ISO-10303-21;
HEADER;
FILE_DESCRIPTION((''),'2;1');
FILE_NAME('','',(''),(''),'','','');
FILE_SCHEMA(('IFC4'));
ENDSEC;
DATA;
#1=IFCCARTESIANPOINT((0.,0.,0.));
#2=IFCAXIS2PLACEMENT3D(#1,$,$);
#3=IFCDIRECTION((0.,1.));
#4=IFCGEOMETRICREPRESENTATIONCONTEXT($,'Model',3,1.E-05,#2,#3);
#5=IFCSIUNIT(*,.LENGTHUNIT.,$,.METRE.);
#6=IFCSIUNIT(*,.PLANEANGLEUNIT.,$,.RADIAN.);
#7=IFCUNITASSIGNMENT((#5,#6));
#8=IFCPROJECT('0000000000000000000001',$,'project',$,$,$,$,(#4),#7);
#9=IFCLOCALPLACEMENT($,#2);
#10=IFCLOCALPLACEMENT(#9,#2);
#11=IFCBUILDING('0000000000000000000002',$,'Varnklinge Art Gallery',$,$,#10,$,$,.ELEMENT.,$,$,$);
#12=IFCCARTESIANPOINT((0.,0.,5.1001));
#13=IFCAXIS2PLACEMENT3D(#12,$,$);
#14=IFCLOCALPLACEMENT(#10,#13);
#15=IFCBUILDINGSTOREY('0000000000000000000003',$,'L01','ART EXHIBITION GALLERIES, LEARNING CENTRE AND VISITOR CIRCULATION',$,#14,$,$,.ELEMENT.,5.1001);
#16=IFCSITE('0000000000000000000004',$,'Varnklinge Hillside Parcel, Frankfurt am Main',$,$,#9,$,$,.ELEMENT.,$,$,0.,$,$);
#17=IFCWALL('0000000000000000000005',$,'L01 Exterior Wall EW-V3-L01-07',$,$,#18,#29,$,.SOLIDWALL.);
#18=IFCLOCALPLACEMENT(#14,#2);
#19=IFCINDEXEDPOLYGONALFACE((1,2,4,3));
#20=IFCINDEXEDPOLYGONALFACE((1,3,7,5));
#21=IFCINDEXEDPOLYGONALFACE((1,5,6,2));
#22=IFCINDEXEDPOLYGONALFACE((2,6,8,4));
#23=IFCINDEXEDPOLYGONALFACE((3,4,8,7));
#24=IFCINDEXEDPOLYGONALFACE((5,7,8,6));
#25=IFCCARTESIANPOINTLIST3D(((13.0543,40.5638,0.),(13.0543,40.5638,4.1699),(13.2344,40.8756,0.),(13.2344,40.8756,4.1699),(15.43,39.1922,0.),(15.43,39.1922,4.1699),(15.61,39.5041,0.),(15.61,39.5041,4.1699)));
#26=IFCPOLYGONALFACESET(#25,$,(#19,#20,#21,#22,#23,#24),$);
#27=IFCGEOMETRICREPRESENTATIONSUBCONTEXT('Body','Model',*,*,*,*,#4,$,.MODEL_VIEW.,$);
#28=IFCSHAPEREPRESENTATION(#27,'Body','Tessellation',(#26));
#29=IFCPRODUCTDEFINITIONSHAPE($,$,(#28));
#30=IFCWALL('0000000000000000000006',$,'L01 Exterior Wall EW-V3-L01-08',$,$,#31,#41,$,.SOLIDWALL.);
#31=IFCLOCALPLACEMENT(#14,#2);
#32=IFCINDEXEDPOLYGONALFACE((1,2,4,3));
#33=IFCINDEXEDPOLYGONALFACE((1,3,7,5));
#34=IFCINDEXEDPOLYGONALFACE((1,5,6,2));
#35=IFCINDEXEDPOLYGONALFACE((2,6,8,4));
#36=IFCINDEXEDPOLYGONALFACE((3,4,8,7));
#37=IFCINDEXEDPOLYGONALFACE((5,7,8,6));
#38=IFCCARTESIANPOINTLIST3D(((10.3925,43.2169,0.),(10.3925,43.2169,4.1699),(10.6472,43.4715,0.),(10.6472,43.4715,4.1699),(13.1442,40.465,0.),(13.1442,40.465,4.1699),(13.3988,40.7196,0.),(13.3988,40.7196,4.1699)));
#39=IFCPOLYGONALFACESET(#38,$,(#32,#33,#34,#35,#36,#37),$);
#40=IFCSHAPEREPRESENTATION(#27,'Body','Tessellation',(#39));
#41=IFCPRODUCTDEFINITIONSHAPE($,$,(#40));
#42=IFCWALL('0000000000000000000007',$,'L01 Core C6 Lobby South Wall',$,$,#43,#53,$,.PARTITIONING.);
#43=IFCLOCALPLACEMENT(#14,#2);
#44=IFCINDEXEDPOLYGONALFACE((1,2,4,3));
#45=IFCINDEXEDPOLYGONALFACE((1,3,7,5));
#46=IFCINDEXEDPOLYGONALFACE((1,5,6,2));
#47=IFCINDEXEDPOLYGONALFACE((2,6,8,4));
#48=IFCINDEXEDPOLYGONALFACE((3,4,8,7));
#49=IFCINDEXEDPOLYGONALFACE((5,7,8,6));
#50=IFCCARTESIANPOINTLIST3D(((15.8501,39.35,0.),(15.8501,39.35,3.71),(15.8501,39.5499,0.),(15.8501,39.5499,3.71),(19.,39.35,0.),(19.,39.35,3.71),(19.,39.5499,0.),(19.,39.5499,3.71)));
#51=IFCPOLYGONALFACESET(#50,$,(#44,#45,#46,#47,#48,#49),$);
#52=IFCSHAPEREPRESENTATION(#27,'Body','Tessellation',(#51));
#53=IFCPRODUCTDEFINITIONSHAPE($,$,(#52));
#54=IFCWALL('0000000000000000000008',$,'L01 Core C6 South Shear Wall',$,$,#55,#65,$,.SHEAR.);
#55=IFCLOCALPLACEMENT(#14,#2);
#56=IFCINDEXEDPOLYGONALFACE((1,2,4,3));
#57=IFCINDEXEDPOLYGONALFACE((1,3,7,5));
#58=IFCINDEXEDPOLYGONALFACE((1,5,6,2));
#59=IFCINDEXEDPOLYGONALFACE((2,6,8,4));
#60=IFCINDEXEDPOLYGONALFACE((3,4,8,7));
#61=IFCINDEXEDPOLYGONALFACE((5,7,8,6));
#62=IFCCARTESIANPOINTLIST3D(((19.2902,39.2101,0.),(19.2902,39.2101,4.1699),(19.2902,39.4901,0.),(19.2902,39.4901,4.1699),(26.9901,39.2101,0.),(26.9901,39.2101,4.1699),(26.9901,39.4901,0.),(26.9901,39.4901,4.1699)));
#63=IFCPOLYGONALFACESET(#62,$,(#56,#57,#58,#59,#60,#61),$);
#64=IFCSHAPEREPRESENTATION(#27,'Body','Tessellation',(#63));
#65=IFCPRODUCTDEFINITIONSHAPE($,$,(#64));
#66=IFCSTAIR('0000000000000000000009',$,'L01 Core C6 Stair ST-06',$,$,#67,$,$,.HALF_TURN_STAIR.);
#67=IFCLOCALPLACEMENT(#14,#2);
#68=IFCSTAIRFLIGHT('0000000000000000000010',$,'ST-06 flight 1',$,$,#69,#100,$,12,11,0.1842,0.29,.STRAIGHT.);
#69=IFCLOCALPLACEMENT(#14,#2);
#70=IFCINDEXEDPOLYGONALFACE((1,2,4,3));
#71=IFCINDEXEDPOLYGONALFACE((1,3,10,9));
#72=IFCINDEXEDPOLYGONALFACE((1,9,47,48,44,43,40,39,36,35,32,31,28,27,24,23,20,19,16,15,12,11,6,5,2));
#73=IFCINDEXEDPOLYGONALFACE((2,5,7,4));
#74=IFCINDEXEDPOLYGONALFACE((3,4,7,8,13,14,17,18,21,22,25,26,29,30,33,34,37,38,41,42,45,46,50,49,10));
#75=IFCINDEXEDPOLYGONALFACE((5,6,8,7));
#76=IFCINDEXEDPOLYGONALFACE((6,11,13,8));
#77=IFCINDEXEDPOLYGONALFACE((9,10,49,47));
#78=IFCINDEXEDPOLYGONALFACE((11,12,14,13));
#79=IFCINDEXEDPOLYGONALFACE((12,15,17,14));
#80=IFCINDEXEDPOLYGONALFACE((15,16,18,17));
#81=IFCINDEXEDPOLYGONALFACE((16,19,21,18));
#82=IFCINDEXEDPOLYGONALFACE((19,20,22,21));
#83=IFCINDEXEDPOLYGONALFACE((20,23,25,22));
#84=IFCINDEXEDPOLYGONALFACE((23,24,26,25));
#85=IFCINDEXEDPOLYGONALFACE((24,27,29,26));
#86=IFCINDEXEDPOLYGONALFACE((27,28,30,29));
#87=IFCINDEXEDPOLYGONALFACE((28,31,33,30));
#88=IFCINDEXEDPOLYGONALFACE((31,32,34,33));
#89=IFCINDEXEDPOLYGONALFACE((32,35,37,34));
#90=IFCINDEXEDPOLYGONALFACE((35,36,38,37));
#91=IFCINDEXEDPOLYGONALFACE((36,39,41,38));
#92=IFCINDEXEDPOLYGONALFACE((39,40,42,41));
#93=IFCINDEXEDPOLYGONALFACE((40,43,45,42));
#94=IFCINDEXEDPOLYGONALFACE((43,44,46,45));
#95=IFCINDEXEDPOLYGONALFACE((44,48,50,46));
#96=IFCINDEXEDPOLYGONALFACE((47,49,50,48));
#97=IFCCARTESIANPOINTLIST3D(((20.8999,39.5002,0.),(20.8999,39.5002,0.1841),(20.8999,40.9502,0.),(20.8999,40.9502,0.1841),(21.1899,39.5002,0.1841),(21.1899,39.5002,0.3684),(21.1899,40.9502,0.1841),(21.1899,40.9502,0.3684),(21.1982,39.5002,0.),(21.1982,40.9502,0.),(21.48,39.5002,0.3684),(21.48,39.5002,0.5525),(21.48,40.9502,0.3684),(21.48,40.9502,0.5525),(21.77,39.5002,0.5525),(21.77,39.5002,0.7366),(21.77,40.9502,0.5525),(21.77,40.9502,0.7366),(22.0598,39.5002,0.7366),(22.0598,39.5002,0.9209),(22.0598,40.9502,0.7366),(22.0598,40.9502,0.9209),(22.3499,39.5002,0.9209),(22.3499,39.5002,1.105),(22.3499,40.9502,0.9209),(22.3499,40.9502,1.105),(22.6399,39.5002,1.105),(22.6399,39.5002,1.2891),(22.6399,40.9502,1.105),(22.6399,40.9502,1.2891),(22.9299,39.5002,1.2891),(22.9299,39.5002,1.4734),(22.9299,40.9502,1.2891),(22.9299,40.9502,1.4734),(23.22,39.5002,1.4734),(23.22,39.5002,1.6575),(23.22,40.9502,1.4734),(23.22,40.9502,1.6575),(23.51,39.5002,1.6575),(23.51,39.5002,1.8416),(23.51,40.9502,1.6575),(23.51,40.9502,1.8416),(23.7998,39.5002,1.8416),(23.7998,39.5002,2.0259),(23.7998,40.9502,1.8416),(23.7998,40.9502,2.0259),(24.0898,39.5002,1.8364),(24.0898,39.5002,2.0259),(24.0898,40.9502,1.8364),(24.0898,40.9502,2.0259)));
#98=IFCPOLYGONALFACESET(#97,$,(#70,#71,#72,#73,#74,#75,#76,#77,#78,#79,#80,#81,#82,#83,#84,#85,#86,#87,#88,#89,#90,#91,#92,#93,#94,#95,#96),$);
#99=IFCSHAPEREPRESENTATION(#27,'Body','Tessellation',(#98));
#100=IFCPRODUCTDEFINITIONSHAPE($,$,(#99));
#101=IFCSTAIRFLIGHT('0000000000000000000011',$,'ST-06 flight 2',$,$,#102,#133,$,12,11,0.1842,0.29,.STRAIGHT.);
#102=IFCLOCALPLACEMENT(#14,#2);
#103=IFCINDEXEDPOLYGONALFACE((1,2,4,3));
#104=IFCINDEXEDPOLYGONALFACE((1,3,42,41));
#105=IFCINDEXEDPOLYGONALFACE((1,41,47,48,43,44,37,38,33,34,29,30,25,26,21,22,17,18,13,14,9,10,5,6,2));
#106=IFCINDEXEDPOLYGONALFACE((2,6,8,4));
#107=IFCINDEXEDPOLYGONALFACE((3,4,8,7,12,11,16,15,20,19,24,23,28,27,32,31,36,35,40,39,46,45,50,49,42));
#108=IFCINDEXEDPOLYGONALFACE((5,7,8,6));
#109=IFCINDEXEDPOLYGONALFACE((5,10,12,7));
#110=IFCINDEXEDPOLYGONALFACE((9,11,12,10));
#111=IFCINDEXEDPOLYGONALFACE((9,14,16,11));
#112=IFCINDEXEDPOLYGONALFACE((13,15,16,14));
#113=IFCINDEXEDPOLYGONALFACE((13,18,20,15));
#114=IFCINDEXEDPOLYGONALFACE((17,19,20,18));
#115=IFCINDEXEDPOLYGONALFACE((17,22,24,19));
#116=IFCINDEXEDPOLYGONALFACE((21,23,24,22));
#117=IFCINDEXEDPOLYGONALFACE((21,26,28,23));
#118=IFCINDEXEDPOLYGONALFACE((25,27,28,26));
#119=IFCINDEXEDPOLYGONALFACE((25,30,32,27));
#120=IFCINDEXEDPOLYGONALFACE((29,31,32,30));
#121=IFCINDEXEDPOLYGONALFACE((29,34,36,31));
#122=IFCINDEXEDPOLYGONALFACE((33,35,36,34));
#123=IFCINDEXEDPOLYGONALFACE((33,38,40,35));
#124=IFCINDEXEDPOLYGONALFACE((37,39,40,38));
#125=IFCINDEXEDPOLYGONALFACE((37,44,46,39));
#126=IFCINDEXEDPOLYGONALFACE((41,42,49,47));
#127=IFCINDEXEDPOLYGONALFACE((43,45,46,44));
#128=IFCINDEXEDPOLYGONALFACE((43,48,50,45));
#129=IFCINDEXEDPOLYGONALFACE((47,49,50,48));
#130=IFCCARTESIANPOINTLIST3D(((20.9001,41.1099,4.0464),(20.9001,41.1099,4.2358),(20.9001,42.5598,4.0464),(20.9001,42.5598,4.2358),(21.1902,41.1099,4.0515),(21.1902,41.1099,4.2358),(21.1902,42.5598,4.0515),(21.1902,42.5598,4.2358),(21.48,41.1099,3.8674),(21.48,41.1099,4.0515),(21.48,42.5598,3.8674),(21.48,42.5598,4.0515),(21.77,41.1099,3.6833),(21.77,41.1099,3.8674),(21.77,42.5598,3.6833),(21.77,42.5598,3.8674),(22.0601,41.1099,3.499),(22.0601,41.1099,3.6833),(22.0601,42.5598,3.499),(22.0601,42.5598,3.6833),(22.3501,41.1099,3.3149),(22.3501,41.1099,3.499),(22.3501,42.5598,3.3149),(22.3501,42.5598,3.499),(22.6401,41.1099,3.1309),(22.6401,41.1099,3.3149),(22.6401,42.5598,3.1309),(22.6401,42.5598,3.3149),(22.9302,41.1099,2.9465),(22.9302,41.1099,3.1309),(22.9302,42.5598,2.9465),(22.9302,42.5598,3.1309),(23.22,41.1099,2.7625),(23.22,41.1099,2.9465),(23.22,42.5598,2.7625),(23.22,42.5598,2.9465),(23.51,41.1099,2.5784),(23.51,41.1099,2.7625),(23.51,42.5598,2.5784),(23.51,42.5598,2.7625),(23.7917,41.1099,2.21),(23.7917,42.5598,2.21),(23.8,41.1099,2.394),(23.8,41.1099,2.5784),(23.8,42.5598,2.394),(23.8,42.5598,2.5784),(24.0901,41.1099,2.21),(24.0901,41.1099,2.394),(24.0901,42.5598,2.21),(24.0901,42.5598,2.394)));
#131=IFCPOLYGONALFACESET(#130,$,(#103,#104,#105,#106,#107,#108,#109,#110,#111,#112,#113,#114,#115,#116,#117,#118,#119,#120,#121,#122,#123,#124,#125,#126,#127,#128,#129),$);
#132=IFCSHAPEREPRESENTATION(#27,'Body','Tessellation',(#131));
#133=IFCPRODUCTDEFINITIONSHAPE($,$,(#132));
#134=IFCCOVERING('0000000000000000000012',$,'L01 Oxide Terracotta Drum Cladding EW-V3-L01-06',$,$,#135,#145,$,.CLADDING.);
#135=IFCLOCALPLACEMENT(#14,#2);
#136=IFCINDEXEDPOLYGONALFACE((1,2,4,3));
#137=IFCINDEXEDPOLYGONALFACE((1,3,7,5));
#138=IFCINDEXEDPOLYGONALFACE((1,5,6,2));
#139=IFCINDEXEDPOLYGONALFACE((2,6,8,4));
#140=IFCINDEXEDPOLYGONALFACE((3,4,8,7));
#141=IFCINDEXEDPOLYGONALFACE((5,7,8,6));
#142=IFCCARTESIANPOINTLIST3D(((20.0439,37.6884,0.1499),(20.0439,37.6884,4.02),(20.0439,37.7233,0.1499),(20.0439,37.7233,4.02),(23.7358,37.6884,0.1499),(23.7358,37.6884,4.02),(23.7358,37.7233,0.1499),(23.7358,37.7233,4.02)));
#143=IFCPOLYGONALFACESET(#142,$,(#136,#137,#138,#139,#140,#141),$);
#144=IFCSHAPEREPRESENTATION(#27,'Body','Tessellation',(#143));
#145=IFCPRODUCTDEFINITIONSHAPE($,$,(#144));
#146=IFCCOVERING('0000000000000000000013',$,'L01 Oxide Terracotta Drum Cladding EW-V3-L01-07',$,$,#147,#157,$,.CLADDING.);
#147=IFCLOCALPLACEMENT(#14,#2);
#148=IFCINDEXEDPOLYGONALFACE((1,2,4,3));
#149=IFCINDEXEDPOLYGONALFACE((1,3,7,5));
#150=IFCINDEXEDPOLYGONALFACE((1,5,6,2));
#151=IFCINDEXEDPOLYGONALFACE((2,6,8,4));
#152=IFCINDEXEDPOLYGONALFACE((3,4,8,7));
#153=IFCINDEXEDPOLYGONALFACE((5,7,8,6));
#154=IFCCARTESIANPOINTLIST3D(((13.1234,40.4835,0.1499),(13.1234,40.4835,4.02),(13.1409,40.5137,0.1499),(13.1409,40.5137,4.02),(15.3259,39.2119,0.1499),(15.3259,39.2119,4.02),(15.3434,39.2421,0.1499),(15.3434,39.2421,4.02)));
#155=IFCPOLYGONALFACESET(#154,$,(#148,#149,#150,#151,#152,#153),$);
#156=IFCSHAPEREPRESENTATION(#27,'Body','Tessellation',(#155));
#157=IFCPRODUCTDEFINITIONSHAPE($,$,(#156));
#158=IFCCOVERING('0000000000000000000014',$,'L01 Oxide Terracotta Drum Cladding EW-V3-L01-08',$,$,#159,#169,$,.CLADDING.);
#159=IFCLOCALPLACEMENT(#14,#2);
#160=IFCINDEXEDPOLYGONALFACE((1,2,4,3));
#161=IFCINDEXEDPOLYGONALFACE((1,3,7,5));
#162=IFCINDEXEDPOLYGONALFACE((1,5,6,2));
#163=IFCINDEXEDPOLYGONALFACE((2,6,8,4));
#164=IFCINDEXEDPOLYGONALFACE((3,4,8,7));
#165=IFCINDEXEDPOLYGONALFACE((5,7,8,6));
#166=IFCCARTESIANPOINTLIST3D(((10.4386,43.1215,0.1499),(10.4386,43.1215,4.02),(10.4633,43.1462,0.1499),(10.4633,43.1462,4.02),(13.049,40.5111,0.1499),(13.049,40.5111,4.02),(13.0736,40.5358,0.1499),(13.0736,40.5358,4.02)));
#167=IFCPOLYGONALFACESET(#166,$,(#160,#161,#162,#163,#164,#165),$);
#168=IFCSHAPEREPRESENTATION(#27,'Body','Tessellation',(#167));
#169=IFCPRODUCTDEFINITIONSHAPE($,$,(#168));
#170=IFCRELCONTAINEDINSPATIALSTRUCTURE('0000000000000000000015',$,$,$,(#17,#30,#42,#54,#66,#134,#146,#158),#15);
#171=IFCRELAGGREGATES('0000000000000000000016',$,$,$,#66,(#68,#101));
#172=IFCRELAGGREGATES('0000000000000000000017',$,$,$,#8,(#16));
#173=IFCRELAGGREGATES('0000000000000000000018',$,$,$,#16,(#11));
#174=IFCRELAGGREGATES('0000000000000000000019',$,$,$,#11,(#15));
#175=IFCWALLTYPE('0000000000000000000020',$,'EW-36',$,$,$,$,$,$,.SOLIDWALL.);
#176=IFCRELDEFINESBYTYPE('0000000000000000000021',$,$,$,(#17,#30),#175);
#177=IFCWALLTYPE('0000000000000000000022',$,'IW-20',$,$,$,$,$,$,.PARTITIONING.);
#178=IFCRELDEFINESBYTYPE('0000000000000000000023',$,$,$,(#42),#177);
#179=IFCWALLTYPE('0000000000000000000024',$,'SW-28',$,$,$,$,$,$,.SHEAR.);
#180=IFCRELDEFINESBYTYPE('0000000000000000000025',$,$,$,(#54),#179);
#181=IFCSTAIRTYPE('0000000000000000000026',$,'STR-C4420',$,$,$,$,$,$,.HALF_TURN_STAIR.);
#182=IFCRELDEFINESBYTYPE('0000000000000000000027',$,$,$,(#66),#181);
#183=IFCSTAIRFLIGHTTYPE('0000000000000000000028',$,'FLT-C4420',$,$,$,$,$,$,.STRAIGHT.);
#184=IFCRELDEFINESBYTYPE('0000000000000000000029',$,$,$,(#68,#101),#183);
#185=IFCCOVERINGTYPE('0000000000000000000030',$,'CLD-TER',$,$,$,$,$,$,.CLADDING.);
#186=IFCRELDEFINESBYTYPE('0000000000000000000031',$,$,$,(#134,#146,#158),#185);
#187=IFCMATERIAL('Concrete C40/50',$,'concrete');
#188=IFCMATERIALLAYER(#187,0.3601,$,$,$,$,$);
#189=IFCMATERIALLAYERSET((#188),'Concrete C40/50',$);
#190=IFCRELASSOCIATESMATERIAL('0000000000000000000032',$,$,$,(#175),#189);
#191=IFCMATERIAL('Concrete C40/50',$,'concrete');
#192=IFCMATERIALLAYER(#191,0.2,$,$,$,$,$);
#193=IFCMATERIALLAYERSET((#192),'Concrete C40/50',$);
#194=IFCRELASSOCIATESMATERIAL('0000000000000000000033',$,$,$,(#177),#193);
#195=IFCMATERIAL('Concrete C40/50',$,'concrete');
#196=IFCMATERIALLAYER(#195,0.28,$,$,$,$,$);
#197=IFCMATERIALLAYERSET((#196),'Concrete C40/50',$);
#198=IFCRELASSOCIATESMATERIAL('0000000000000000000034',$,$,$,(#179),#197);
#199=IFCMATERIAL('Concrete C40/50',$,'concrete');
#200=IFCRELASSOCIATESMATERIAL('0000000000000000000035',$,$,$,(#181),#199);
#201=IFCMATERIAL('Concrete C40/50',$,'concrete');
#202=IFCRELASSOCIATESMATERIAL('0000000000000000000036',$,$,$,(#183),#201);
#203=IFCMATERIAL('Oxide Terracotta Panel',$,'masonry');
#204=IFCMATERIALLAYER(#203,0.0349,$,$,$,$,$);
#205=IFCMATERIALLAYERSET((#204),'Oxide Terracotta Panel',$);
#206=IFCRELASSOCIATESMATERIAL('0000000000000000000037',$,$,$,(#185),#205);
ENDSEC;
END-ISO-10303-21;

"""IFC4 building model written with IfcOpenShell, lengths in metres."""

from ifc_helpers import new_model, si_unit, direction, frame, frame_2d, origin, origin_2d, place, context, subcontext, project, spatial, polyline, rectangle, outline, extrude, material, layer, layer_set, type_object, element, aggregate, save


model = new_model("IFC4")

# Units and contexts
model_context = context("Model", 3, precision=1e-05, world=origin(), true_north=direction((0.0, 1.0)))
body_context = subcontext(model_context, "Body", "Model", "MODEL_VIEW")
ifc_project = project(units=[si_unit("LENGTHUNIT", "METRE"), si_unit("PLANEANGLEUNIT", "RADIAN")], contexts=[model_context])

# Site, building, storey
site_placement = place(None, origin())
site = spatial("IfcSite", under=ifc_project, at=site_placement, Name="Varnklinge Hillside Parcel, Frankfurt am Main", CompositionType="ELEMENT", RefElevation=0.0)
building_placement = place(site_placement, origin())
building = spatial("IfcBuilding", under=site, at=building_placement, Name="Varnklinge Art Gallery", CompositionType="ELEMENT")
storey_placement = place(building_placement, frame((0.0, 0.0, 5.1001)))
storey = spatial("IfcBuildingStorey", under=building, at=storey_placement, Name="L01", Description="ART EXHIBITION GALLERIES, LEARNING CENTRE AND VISITOR CIRCULATION", CompositionType="ELEMENT", Elevation=5.1001)

# Walls
ifc_material_1 = material(Name="Concrete C40/50", Category="concrete")
ifc_layer_1 = layer(ifc_material_1, 0.3601)
ifc_layer_set_1 = layer_set([ifc_layer_1], Name="Concrete C40/50")
wall_type_1 = type_object("IfcWallType", Name="EW-36", PredefinedType="SOLIDWALL", material=ifc_layer_set_1)
wall_1_placement = place(storey_placement, frame((15.52, 39.3481, 0.0), z_axis=(0.0, 0.0, 1.0), x_axis=(-0.866033, 0.499987, 0.0)))
element("IfcWall", 1, at=wall_1_placement, inside=storey, type_object=wall_type_1, Name="L01 Exterior Wall EW-V3-L01-07", PredefinedType="SOLIDWALL", context=body_context, shape_type="SweptSolid", body=[
    extrude(rectangle(XDim=2.7432, YDim=0.3601, at=frame_2d((1.3716, 0.0))), origin(), (0.0, 0.0, 1.0), 4.1699),
])
wall_2_placement = place(storey_placement, frame((13.2715, 40.5923, 0.0), z_axis=(0.0, 0.0, 1.0), x_axis=(-0.707075, 0.707138, 0.0)))
element("IfcWall", 2, at=wall_2_placement, inside=storey, type_object=wall_type_1, Name="L01 Exterior Wall EW-V3-L01-08", PredefinedType="SOLIDWALL", context=body_context, shape_type="SweptSolid", body=[
    extrude(rectangle(XDim=3.8916, YDim=0.3601, at=frame_2d((1.9458, 0.0))), origin(), (0.0, 0.0, 1.0), 4.1699),
])
ifc_material_2 = material(Name="Concrete C40/50", Category="concrete")
ifc_layer_2 = layer(ifc_material_2, 0.2)
ifc_layer_set_2 = layer_set([ifc_layer_2], Name="Concrete C40/50")
wall_type_2 = type_object("IfcWallType", Name="IW-20", PredefinedType="PARTITIONING", material=ifc_layer_set_2)
wall_3_placement = place(storey_placement, frame((15.8501, 39.45, 0.0), z_axis=(0.0, 0.0, 1.0), x_axis=(1.0, 0.0, 0.0)))
element("IfcWall", 3, at=wall_3_placement, inside=storey, type_object=wall_type_2, Name="L01 Core C6 Lobby South Wall", PredefinedType="PARTITIONING", context=body_context, shape_type="SweptSolid", body=[
    extrude(rectangle(XDim=3.1499, YDim=0.2, at=frame_2d((1.575, 0.0))), origin(), (0.0, 0.0, 1.0), 3.71),
])

# Wall
ifc_material_3 = material(Name="Concrete C40/50", Category="concrete")
ifc_layer_3 = layer(ifc_material_3, 0.28)
ifc_layer_set_3 = layer_set([ifc_layer_3], Name="Concrete C40/50")
wall_type_3 = type_object("IfcWallType", Name="SW-28", PredefinedType="SHEAR", material=ifc_layer_set_3)
wall_4_placement = place(storey_placement, frame((19.29, 39.3501, 0.0), z_axis=(0.0, 0.0, 1.0), x_axis=(1.0, 0.0, 0.0)))
element("IfcWall", 4, at=wall_4_placement, inside=storey, type_object=wall_type_3, Name="L01 Core C6 South Shear Wall", PredefinedType="SHEAR", context=body_context, shape_type="SweptSolid", body=[
    extrude(rectangle(XDim=7.7, YDim=0.28, at=frame_2d((3.8501, 0.0))), origin(), (0.0, 0.0, 1.0), 4.1699),
])

# Stair, stair flights
ifc_material_4 = material(Name="Concrete C40/50", Category="concrete")
stair_type = type_object("IfcStairType", Name="STR-C4420", PredefinedType="HALF_TURN_STAIR", material=ifc_material_4)
stair_placement = place(storey_placement, origin())
stair = element("IfcStair", 5, at=stair_placement, inside=storey, type_object=stair_type, Name="L01 Core C6 Stair ST-06", PredefinedType="HALF_TURN_STAIR")
ifc_material_5 = material(Name="Concrete C40/50", Category="concrete")
stair_flight_type = type_object("IfcStairFlightType", Name="FLT-C4420", PredefinedType="STRAIGHT", material=ifc_material_5)
stair_flight_1_placement = place(storey_placement, frame((20.8999, 40.2251, 0.0), z_axis=(0.0, 0.0, 1.0), x_axis=(1.0, 0.0, 0.0)))
stair_flight_1 = element("IfcStairFlight", 6, at=stair_flight_1_placement, type_object=stair_flight_type, Name="ST-06 flight 1", NumberOfRisers=12, NumberOfTreads=11, PredefinedType="STRAIGHT", RiserHeight=0.1842, TreadLength=0.29, context=body_context, shape_type="SweptSolid", body=[
    extrude(outline(polyline([(0.0, 0.0), (0.0, 0.1841), (0.29, 0.1841), (0.29, 0.3684), (0.5801, 0.3684), (0.5801, 0.5525), (0.8701, 0.5525), (0.8701, 0.7366), (1.1599, 0.7366), (1.1599, 0.9209), (1.45, 0.9209), (1.45, 1.105), (1.74, 1.105), (1.74, 1.2891), (2.03, 1.2891), (2.03, 1.4734), (2.3201, 1.4734), (2.3201, 1.6575), (2.6101, 1.6575), (2.6101, 1.8416), (2.8999, 1.8416), (2.8999, 2.0259), (3.1899, 2.0259), (3.1899, 2.21), (3.1899, 1.8364), (0.2983, 0.0), (0.0, 0.0)])), frame((0.0, 0.7251, 0.0), z_axis=(0.0, -1.0, 0.0), x_axis=(1.0, 0.0, 0.0)), (0.0, 0.0, 1.0), 1.45),
])
stair_flight_2_placement = place(storey_placement, frame((24.0901, 41.835, 2.21), z_axis=(0.0, 0.0, 1.0), x_axis=(-1.0, 0.0, 0.0)))
stair_flight_2 = element("IfcStairFlight", 7, at=stair_flight_2_placement, type_object=stair_flight_type, Name="ST-06 flight 2", NumberOfRisers=12, NumberOfTreads=11, PredefinedType="STRAIGHT", RiserHeight=0.1842, TreadLength=0.29, context=body_context, shape_type="SweptSolid", body=[
    extrude(outline(polyline([(0.0, 0.0), (0.0, 0.1841), (0.29, 0.1841), (0.29, 0.3684), (0.5801, 0.3684), (0.5801, 0.5525), (0.8701, 0.5525), (0.8701, 0.7366), (1.1599, 0.7366), (1.1599, 0.9209), (1.45, 0.9209), (1.45, 1.105), (1.74, 1.105), (1.74, 1.2891), (2.03, 1.2891), (2.03, 1.4734), (2.3201, 1.4734), (2.3201, 1.6575), (2.6101, 1.6575), (2.6101, 1.8416), (2.8999, 1.8416), (2.8999, 2.0259), (3.1899, 2.0259), (3.1899, 2.21), (3.1899, 1.8364), (0.2983, 0.0), (0.0, 0.0)])), frame((0.0, 0.7251, 0.0), z_axis=(0.0, -1.0, 0.0), x_axis=(1.0, 0.0, 0.0)), (0.0, 0.0, 1.0), 1.45),
])
aggregate(stair, [stair_flight_1, stair_flight_2])

# Coverings
ifc_material_6 = material(Name="Oxide Terracotta Panel", Category="masonry")
ifc_layer_4 = layer(ifc_material_6, 0.0349)
ifc_layer_set_4 = layer_set([ifc_layer_4], Name="Oxide Terracotta Panel")
covering_type = type_object("IfcCoveringType", Name="CLD-TER", PredefinedType="CLADDING", material=ifc_layer_set_4)
covering_1_placement = place(storey_placement, frame((21.8899, 37.7058, 0.1499), z_axis=(0.0, 0.0, 1.0), x_axis=(-1.0, 0.0, 0.0)))
element("IfcCovering", 8, at=covering_1_placement, inside=storey, type_object=covering_type, Name="L01 Oxide Terracotta Drum Cladding EW-V3-L01-06", PredefinedType="CLADDING", context=body_context, shape_type="SweptSolid", body=[
    extrude(rectangle(XDim=3.6919, YDim=0.0349, at=origin_2d()), origin(), (0.0, 0.0, 1.0), 3.8701),
])
covering_2_placement = place(storey_placement, frame((14.2334, 39.8628, 0.1499), z_axis=(0.0, 0.0, 1.0), x_axis=(-0.866025, 0.5, 0.0)))
element("IfcCovering", 9, at=covering_2_placement, inside=storey, type_object=covering_type, Name="L01 Oxide Terracotta Drum Cladding EW-V3-L01-07", PredefinedType="CLADDING", context=body_context, shape_type="SweptSolid", body=[
    extrude(rectangle(XDim=2.5432, YDim=0.0349, at=origin_2d()), origin(), (0.0, 0.0, 1.0), 3.8701),
])
covering_3_placement = place(storey_placement, frame((11.7561, 41.8286, 0.1499), z_axis=(0.0, 0.0, 1.0), x_axis=(-0.707107, 0.707107, 0.0)))
element("IfcCovering", 10, at=covering_3_placement, inside=storey, type_object=covering_type, Name="L01 Oxide Terracotta Drum Cladding EW-V3-L01-08", PredefinedType="CLADDING", context=body_context, shape_type="SweptSolid", body=[
    extrude(rectangle(XDim=3.6917, YDim=0.0349, at=origin_2d()), origin(), (0.0, 0.0, 1.0), 3.8701),
])

save(model, "model.ifc")
